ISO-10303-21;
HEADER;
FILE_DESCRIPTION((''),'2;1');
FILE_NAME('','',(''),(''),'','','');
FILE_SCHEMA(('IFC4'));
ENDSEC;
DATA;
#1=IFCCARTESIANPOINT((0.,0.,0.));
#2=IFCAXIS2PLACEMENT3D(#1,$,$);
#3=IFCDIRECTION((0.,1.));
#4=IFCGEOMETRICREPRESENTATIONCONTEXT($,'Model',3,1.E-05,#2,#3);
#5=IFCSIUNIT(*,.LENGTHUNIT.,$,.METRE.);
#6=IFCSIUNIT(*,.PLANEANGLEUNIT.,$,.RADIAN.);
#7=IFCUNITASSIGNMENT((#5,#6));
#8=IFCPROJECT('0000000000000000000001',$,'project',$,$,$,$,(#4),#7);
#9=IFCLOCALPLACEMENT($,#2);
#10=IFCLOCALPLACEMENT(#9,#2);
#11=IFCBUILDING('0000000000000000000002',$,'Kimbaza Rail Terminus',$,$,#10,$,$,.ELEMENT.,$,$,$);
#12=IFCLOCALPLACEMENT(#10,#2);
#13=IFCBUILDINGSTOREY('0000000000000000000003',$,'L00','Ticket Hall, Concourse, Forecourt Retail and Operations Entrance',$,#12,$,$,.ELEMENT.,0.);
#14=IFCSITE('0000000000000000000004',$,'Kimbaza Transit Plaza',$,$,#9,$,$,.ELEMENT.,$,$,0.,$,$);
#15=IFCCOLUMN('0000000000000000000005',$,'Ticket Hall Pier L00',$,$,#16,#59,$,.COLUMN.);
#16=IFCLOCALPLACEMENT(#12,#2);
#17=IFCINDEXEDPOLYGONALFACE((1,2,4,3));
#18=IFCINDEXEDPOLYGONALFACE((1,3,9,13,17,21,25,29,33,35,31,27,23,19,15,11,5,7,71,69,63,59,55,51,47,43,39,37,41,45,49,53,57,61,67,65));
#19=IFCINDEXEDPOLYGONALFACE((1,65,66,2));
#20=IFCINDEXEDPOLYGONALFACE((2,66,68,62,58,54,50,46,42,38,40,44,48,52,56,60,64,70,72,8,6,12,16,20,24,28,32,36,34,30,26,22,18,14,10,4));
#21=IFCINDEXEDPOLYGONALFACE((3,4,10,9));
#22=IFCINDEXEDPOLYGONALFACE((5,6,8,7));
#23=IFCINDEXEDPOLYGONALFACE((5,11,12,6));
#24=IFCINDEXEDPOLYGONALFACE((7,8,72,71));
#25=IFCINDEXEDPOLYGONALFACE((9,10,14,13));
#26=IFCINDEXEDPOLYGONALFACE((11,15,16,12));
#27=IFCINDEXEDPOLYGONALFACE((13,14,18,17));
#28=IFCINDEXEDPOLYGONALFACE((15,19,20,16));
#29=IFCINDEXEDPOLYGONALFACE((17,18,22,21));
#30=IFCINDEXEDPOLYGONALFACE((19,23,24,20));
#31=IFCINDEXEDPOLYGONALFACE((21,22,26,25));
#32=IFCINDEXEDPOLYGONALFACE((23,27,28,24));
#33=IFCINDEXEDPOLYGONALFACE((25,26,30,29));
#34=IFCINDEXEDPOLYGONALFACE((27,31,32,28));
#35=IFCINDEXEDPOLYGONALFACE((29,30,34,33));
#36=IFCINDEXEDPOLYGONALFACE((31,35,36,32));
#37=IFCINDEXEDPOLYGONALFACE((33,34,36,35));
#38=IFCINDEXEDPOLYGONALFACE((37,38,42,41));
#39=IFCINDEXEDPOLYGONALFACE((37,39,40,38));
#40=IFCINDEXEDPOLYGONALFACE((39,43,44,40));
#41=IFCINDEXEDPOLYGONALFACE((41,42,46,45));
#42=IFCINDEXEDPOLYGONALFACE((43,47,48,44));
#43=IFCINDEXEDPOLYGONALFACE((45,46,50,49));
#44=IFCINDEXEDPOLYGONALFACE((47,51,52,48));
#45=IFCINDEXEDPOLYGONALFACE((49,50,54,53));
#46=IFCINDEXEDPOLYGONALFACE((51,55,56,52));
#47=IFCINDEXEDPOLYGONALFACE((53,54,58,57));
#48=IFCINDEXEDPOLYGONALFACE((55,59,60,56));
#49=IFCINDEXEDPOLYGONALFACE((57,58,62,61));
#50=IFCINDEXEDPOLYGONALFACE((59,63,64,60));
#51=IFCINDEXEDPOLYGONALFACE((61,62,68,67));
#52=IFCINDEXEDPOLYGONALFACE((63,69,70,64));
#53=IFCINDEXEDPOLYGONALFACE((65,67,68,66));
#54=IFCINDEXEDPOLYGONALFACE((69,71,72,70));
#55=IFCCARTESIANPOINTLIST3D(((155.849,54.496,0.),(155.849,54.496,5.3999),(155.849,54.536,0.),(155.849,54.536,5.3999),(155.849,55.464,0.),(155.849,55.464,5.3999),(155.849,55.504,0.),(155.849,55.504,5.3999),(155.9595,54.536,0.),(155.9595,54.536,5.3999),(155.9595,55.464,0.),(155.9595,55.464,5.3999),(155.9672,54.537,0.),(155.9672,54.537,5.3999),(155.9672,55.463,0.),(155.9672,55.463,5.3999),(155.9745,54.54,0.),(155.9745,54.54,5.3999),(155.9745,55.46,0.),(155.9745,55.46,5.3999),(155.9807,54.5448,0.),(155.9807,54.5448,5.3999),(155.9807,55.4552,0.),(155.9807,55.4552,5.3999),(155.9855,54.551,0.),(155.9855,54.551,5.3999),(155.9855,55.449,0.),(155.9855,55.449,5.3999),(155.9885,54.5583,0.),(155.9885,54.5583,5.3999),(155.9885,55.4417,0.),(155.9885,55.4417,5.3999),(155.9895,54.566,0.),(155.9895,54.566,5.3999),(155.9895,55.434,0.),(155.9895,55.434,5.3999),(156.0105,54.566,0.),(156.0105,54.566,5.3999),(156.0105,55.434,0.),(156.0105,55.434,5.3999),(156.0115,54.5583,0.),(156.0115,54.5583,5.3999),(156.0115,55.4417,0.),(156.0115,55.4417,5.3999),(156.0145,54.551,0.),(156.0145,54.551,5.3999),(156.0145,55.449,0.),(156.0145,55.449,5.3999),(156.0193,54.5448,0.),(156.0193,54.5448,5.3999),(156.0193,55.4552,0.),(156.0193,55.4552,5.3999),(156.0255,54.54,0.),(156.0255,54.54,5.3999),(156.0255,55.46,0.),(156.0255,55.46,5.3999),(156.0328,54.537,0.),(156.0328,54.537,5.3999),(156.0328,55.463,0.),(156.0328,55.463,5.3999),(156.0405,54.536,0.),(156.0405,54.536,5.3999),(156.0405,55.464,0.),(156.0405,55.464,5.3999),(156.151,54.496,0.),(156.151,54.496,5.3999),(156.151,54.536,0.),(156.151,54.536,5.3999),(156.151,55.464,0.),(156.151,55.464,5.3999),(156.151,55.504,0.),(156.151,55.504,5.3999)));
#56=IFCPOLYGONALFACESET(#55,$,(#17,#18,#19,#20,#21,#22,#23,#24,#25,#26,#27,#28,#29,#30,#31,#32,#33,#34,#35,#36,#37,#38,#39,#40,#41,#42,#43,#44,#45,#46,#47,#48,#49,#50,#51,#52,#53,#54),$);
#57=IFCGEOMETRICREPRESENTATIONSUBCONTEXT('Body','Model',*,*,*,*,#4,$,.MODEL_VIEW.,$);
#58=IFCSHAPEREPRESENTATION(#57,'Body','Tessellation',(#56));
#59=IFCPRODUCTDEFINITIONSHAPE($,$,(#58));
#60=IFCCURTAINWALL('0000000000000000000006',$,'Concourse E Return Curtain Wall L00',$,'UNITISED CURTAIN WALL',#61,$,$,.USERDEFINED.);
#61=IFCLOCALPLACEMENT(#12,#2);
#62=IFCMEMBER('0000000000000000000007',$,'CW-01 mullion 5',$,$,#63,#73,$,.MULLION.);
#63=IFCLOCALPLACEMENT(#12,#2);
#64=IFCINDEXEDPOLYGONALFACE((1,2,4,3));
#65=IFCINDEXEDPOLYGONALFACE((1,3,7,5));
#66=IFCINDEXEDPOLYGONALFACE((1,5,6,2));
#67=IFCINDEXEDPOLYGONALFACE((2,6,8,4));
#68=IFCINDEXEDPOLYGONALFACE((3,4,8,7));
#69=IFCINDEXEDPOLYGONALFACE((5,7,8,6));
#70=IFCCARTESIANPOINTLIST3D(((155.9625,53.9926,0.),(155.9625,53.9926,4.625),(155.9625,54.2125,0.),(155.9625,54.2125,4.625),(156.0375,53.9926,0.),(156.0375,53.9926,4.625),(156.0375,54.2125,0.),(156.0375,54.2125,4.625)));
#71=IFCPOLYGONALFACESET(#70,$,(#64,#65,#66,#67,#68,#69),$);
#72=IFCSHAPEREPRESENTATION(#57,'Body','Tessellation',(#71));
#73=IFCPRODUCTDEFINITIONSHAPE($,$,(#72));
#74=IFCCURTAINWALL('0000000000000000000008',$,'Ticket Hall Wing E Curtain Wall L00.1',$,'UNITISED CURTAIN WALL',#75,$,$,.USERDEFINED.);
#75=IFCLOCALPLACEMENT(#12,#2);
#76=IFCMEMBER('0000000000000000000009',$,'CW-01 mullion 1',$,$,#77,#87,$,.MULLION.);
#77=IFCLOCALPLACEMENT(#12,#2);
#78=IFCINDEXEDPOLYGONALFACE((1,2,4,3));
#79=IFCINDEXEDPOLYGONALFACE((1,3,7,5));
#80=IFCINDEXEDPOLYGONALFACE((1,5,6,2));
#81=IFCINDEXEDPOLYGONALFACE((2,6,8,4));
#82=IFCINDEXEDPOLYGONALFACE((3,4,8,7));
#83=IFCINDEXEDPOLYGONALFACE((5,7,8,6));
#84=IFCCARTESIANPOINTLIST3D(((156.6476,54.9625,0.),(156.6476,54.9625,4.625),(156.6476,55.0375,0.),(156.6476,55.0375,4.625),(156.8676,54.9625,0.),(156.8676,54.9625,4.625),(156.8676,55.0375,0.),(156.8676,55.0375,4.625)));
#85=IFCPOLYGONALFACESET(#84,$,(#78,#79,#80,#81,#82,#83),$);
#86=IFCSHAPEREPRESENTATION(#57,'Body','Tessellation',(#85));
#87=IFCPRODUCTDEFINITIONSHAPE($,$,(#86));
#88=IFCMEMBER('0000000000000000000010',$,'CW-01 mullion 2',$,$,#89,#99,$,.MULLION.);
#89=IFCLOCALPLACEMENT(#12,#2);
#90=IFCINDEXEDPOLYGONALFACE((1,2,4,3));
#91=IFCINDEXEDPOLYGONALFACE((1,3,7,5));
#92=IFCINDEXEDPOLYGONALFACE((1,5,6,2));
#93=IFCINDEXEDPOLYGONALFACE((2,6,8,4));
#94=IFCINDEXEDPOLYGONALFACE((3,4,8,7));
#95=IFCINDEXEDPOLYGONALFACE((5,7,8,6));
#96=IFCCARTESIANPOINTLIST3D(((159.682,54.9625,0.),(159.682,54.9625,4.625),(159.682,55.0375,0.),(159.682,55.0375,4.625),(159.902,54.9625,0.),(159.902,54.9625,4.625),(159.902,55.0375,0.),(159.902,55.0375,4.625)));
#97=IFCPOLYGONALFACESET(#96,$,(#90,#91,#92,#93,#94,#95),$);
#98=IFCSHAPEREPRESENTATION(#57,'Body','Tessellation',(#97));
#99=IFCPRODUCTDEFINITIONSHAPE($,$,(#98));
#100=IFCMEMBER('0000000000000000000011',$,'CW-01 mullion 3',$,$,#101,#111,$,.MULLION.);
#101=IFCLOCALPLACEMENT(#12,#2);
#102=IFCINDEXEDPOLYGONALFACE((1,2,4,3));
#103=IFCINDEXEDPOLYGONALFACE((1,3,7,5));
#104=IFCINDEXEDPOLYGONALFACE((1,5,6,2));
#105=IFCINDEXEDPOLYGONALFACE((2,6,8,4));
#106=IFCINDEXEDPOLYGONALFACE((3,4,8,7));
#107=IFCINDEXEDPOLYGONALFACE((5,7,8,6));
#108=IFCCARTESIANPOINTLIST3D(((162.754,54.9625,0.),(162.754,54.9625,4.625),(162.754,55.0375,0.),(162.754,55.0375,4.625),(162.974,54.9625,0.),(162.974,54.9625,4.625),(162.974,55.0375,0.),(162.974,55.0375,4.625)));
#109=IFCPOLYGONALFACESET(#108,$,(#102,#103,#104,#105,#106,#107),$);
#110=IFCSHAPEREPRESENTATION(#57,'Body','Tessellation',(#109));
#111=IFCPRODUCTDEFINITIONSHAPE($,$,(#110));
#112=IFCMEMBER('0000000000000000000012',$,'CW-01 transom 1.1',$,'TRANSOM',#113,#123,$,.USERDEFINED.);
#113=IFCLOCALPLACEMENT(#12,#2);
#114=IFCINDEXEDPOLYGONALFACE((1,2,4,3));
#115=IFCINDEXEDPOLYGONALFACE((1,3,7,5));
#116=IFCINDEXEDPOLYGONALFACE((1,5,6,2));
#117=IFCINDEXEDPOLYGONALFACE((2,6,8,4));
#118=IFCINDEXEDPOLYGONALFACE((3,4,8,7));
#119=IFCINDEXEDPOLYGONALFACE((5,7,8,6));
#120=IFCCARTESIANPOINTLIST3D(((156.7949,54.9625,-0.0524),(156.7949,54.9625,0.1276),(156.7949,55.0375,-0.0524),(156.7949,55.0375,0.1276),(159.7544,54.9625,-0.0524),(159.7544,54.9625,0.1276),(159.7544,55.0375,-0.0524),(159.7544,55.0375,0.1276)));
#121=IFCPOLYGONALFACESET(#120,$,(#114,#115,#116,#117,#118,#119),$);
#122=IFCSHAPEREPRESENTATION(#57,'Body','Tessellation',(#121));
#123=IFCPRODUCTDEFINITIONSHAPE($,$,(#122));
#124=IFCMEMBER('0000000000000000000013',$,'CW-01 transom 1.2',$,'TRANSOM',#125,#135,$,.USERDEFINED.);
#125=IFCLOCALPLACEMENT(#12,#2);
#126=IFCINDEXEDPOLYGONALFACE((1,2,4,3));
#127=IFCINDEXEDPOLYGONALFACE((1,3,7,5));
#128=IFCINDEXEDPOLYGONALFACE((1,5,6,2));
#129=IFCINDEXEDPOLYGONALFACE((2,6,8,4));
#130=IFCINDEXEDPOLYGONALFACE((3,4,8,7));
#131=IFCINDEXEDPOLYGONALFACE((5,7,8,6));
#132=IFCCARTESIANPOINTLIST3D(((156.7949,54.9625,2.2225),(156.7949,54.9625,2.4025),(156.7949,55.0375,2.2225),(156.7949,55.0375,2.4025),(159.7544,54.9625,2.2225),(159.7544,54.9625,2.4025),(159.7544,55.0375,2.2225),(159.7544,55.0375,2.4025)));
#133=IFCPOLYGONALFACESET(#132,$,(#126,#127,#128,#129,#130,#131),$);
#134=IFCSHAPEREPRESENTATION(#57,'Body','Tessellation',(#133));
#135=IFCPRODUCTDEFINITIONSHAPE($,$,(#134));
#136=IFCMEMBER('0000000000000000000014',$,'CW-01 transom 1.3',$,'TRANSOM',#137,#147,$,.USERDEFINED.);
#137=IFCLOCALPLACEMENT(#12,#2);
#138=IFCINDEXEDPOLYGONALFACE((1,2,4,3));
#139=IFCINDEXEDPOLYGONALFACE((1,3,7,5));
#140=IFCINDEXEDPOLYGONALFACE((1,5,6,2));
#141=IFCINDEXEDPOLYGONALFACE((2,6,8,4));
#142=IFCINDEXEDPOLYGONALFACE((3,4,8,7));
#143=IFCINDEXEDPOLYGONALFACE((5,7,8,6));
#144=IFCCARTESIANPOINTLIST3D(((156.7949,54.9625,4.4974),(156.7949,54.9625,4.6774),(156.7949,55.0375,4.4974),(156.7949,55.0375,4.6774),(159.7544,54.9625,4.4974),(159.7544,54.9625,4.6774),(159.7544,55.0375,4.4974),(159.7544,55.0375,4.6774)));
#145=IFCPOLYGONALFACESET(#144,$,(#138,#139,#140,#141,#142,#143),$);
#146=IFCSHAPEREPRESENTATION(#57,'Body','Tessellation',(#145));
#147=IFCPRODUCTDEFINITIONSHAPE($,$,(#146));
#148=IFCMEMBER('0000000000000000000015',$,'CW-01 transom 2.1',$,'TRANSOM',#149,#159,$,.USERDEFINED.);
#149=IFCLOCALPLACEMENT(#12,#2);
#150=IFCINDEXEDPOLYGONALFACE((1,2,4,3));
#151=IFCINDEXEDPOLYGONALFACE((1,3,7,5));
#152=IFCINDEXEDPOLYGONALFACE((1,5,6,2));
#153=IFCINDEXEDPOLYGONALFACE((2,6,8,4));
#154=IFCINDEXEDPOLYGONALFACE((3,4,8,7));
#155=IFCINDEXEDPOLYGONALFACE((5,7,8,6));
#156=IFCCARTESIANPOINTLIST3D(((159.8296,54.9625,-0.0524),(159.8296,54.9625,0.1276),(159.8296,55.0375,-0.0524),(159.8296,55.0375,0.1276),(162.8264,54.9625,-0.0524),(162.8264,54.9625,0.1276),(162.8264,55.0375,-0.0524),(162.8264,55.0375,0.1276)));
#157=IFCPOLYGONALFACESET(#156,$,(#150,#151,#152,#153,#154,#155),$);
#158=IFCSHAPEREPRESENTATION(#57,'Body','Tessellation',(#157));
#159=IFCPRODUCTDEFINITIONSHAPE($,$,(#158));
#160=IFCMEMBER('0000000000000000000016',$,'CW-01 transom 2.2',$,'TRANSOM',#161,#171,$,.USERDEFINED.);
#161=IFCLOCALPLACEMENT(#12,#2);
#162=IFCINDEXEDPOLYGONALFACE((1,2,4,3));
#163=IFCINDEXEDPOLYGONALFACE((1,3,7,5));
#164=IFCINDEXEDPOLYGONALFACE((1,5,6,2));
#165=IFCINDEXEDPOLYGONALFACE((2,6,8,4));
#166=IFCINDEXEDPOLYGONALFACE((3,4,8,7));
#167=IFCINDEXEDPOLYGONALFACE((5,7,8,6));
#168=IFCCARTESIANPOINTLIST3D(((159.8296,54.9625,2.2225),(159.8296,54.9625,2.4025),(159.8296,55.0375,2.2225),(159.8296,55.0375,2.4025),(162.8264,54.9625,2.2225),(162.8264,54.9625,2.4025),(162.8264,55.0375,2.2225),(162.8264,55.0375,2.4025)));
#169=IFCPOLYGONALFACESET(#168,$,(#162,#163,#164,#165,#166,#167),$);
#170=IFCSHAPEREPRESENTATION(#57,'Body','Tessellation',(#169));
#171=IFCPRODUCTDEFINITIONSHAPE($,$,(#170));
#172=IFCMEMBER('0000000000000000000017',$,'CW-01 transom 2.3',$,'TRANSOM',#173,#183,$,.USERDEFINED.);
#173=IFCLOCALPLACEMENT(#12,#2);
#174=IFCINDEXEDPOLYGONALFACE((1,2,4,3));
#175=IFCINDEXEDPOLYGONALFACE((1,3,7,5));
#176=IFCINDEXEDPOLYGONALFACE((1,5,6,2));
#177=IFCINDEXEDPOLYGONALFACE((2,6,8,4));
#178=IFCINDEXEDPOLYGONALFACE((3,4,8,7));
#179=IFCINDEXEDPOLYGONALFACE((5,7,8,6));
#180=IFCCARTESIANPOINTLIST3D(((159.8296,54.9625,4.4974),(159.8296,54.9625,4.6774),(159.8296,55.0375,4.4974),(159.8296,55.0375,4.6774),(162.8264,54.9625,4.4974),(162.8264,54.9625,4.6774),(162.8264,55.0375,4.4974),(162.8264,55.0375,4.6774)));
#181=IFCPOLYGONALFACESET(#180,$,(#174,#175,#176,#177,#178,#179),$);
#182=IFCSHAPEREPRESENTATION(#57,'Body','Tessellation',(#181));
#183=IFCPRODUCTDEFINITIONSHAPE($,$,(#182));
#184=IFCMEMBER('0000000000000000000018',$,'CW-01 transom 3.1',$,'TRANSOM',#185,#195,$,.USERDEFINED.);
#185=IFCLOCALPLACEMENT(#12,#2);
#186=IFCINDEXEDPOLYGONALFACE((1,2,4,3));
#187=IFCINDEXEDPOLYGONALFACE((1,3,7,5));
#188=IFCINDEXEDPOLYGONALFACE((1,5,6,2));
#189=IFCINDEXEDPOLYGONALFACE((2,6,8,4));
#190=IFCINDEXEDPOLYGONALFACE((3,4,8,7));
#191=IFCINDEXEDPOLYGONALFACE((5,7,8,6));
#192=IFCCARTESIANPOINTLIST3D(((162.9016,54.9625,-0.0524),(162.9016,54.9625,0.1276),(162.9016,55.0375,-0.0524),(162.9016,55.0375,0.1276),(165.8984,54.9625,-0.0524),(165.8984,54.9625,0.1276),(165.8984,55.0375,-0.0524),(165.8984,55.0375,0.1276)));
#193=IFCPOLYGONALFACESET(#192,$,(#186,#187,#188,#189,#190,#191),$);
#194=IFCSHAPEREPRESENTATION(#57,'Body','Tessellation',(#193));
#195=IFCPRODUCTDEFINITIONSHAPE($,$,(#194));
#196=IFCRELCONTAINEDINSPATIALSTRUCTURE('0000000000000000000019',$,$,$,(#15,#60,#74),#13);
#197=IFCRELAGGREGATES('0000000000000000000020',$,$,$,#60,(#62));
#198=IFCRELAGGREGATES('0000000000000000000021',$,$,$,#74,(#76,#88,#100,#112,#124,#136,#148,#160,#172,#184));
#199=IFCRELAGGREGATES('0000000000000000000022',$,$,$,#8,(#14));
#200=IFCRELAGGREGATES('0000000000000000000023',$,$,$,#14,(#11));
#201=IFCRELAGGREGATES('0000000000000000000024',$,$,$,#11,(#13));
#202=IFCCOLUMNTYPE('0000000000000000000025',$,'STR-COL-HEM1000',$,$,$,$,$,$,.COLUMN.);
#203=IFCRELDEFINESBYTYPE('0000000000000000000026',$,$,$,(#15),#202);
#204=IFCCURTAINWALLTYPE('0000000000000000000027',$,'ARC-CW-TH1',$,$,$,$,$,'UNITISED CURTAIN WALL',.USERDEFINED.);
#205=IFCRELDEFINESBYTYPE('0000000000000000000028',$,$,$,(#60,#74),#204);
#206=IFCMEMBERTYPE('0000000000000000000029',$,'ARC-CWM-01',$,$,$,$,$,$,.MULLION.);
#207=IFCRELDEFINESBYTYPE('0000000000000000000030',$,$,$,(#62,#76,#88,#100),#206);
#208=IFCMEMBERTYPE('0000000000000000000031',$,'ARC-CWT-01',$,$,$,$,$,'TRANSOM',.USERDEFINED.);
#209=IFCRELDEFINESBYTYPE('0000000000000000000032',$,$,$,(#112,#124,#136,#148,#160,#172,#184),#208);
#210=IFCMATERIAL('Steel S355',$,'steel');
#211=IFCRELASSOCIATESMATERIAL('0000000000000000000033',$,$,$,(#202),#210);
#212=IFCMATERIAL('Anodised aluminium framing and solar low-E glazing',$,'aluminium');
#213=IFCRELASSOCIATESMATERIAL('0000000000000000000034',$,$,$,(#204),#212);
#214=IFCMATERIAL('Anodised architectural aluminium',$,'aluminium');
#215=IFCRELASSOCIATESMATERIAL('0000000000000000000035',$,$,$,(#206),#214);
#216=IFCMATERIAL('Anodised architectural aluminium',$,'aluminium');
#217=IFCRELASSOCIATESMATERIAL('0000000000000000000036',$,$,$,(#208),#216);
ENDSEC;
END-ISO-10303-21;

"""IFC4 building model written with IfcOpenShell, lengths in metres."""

from ifc_helpers import new_model, si_unit, direction, frame, origin, origin_2d, place, context, subcontext, project, spatial, rectangle, i_section, extrude, material, material_profile, profile_set, type_object, element, aggregate, save


model = new_model("IFC4")

# Units and contexts
model_context = context("Model", 3, precision=1e-05, world=origin(), true_north=direction((0.0, 1.0)))
body_context = subcontext(model_context, "Body", "Model", "MODEL_VIEW")
ifc_project = project(units=[si_unit("LENGTHUNIT", "METRE"), si_unit("PLANEANGLEUNIT", "RADIAN")], contexts=[model_context])

# Site, building, storey
site_placement = place(None, origin())
site = spatial("IfcSite", under=ifc_project, at=site_placement, Name="Kimbaza Transit Plaza", CompositionType="ELEMENT", RefElevation=0.0)
building_placement = place(site_placement, origin())
building = spatial("IfcBuilding", under=site, at=building_placement, Name="Kimbaza Rail Terminus", CompositionType="ELEMENT")
storey_placement = place(building_placement, origin())
storey = spatial("IfcBuildingStorey", under=building, at=storey_placement, Name="L00", Description="Ticket Hall, Concourse, Forecourt Retail and Operations Entrance", CompositionType="ELEMENT", Elevation=0.0)

# Column
ifc_material_1 = material(Name="Steel S355", Category="steel")
ifc_material_profile_1 = material_profile(ifc_material_1, i_section(OverallWidth=0.302, OverallDepth=1.0081, WebThickness=0.021, FlangeThickness=0.04, FilletRadius=0.03, at=origin_2d()), Name="HEM 1000")
ifc_profile_set_1 = profile_set([ifc_material_profile_1], Name="Steel S355")
column_type = type_object("IfcColumnType", Name="STR-COL-HEM1000", PredefinedType="COLUMN", material=ifc_profile_set_1)
column_placement = place(storey_placement, frame((156.0, 55.0, 0.0), z_axis=(0.0, 0.0, 1.0), x_axis=(1.0, 0.0, 0.0)))
element("IfcColumn", 1, at=column_placement, inside=storey, type_object=column_type, Name="Ticket Hall Pier L00", PredefinedType="COLUMN", context=body_context, shape_type="SweptSolid", body=[
    extrude(i_section(OverallWidth=0.302, OverallDepth=1.0081, WebThickness=0.021, FlangeThickness=0.04, FilletRadius=0.03, at=origin_2d()), origin(), (0.0, 0.0, 1.0), 5.3999),
])

# Curtain wall, member
ifc_material_2 = material(Name="Anodised aluminium framing and solar low-E glazing", Category="aluminium")
curtain_wall_type = type_object("IfcCurtainWallType", Name="ARC-CW-TH1", ElementType="UNITISED CURTAIN WALL", PredefinedType="USERDEFINED", material=ifc_material_2)
curtain_wall_1_placement = place(storey_placement, origin())
curtain_wall_1 = element("IfcCurtainWall", 2, at=curtain_wall_1_placement, inside=storey, type_object=curtain_wall_type, Name="Concourse E Return Curtain Wall L00", ObjectType="UNITISED CURTAIN WALL", PredefinedType="USERDEFINED")
ifc_material_3 = material(Name="Anodised architectural aluminium", Category="aluminium")
ifc_material_profile_2 = material_profile(ifc_material_3, rectangle(XDim=0.075, YDim=0.22, at=origin_2d()), Name="MULLION 75x220")
ifc_profile_set_2 = profile_set([ifc_material_profile_2], Name="Anodised architectural aluminium")
member_type_1 = type_object("IfcMemberType", Name="ARC-CWM-01", PredefinedType="MULLION", material=ifc_profile_set_2)
member_1_placement = place(storey_placement, frame((156.0, 54.1025, 0.0), z_axis=(0.0, 0.0, 1.0), x_axis=(-1.0, 0.0, 0.0)))
member_1 = element("IfcMember", 3, at=member_1_placement, type_object=member_type_1, Name="CW-01 mullion 5", PredefinedType="MULLION", context=body_context, shape_type="SweptSolid", body=[
    extrude(rectangle(XDim=0.075, YDim=0.22, at=origin_2d()), origin(), (0.0, 0.0, 1.0), 4.625),
])

# Curtain wall, members
curtain_wall_2_placement = place(storey_placement, origin())
curtain_wall_2 = element("IfcCurtainWall", 4, at=curtain_wall_2_placement, inside=storey, type_object=curtain_wall_type, Name="Ticket Hall Wing E Curtain Wall L00.1", ObjectType="UNITISED CURTAIN WALL", PredefinedType="USERDEFINED")
member_2_placement = place(storey_placement, frame((156.7576, 55.0, 0.0), z_axis=(0.0, 0.0, 1.0), x_axis=(0.0, 1.0, 0.0)))
member_2 = element("IfcMember", 5, at=member_2_placement, type_object=member_type_1, Name="CW-01 mullion 1", PredefinedType="MULLION", context=body_context, shape_type="SweptSolid", body=[
    extrude(rectangle(XDim=0.075, YDim=0.22, at=origin_2d()), origin(), (0.0, 0.0, 1.0), 4.625),
])
member_3_placement = place(storey_placement, frame((159.792, 55.0, 0.0), z_axis=(0.0, 0.0, 1.0), x_axis=(0.0, 1.0, 0.0)))
member_3 = element("IfcMember", 6, at=member_3_placement, type_object=member_type_1, Name="CW-01 mullion 2", PredefinedType="MULLION", context=body_context, shape_type="SweptSolid", body=[
    extrude(rectangle(XDim=0.075, YDim=0.22, at=origin_2d()), origin(), (0.0, 0.0, 1.0), 4.625),
])
member_4_placement = place(storey_placement, frame((162.864, 55.0, 0.0), z_axis=(0.0, 0.0, 1.0), x_axis=(0.0, 1.0, 0.0)))
member_4 = element("IfcMember", 7, at=member_4_placement, type_object=member_type_1, Name="CW-01 mullion 3", PredefinedType="MULLION", context=body_context, shape_type="SweptSolid", body=[
    extrude(rectangle(XDim=0.075, YDim=0.22, at=origin_2d()), origin(), (0.0, 0.0, 1.0), 4.625),
])
ifc_material_4 = material(Name="Anodised architectural aluminium", Category="aluminium")
ifc_material_profile_3 = material_profile(ifc_material_4, rectangle(XDim=0.075, YDim=0.1799, at=origin_2d()), Name="TRANSOM 75x180")
ifc_profile_set_3 = profile_set([ifc_material_profile_3], Name="Anodised architectural aluminium")
member_type_2 = type_object("IfcMemberType", Name="ARC-CWT-01", ElementType="TRANSOM", PredefinedType="USERDEFINED", material=ifc_profile_set_3)
member_5_placement = place(storey_placement, frame((156.7949, 55.0, 0.0376), z_axis=(1.0, 0.0, 0.0), x_axis=(0.0, 1.0, 0.0)))
member_5 = element("IfcMember", 8, at=member_5_placement, type_object=member_type_2, Name="CW-01 transom 1.1", ObjectType="TRANSOM", PredefinedType="USERDEFINED", context=body_context, shape_type="SweptSolid", body=[
    extrude(rectangle(XDim=0.075, YDim=0.1799, at=origin_2d()), origin(), (0.0, 0.0, 1.0), 2.9595),
])
member_6_placement = place(storey_placement, frame((156.7949, 55.0, 2.3125), z_axis=(1.0, 0.0, 0.0), x_axis=(0.0, 1.0, 0.0)))
member_6 = element("IfcMember", 9, at=member_6_placement, type_object=member_type_2, Name="CW-01 transom 1.2", ObjectType="TRANSOM", PredefinedType="USERDEFINED", context=body_context, shape_type="SweptSolid", body=[
    extrude(rectangle(XDim=0.075, YDim=0.1799, at=origin_2d()), origin(), (0.0, 0.0, 1.0), 2.9595),
])
member_7_placement = place(storey_placement, frame((156.7949, 55.0, 4.5874), z_axis=(1.0, 0.0, 0.0), x_axis=(0.0, 1.0, 0.0)))
member_7 = element("IfcMember", 10, at=member_7_placement, type_object=member_type_2, Name="CW-01 transom 1.3", ObjectType="TRANSOM", PredefinedType="USERDEFINED", context=body_context, shape_type="SweptSolid", body=[
    extrude(rectangle(XDim=0.075, YDim=0.1799, at=origin_2d()), origin(), (0.0, 0.0, 1.0), 2.9595),
])
member_8_placement = place(storey_placement, frame((159.8296, 55.0, 0.0376), z_axis=(1.0, 0.0, 0.0), x_axis=(0.0, 1.0, 0.0)))
member_8 = element("IfcMember", 11, at=member_8_placement, type_object=member_type_2, Name="CW-01 transom 2.1", ObjectType="TRANSOM", PredefinedType="USERDEFINED", context=body_context, shape_type="SweptSolid", body=[
    extrude(rectangle(XDim=0.075, YDim=0.1799, at=origin_2d()), origin(), (0.0, 0.0, 1.0), 2.9968),
])
member_9_placement = place(storey_placement, frame((159.8296, 55.0, 2.3125), z_axis=(1.0, 0.0, 0.0), x_axis=(0.0, 1.0, 0.0)))
member_9 = element("IfcMember", 12, at=member_9_placement, type_object=member_type_2, Name="CW-01 transom 2.2", ObjectType="TRANSOM", PredefinedType="USERDEFINED", context=body_context, shape_type="SweptSolid", body=[
    extrude(rectangle(XDim=0.075, YDim=0.1799, at=origin_2d()), origin(), (0.0, 0.0, 1.0), 2.9968),
])
member_10_placement = place(storey_placement, frame((159.8296, 55.0, 4.5874), z_axis=(1.0, 0.0, 0.0), x_axis=(0.0, 1.0, 0.0)))
member_10 = element("IfcMember", 13, at=member_10_placement, type_object=member_type_2, Name="CW-01 transom 2.3", ObjectType="TRANSOM", PredefinedType="USERDEFINED", context=body_context, shape_type="SweptSolid", body=[
    extrude(rectangle(XDim=0.075, YDim=0.1799, at=origin_2d()), origin(), (0.0, 0.0, 1.0), 2.9968),
])
member_11_placement = place(storey_placement, frame((162.9016, 55.0, 0.0376), z_axis=(1.0, 0.0, 0.0), x_axis=(0.0, 1.0, 0.0)))
member_11 = element("IfcMember", 14, at=member_11_placement, type_object=member_type_2, Name="CW-01 transom 3.1", ObjectType="TRANSOM", PredefinedType="USERDEFINED", context=body_context, shape_type="SweptSolid", body=[
    extrude(rectangle(XDim=0.075, YDim=0.1799, at=origin_2d()), origin(), (0.0, 0.0, 1.0), 2.9968),
])

aggregate(curtain_wall_1, [member_1])
aggregate(curtain_wall_2, [member_2, member_3, member_4, member_5, member_6, member_7, member_8, member_9, member_10, member_11])

save(model, "model.ifc")
